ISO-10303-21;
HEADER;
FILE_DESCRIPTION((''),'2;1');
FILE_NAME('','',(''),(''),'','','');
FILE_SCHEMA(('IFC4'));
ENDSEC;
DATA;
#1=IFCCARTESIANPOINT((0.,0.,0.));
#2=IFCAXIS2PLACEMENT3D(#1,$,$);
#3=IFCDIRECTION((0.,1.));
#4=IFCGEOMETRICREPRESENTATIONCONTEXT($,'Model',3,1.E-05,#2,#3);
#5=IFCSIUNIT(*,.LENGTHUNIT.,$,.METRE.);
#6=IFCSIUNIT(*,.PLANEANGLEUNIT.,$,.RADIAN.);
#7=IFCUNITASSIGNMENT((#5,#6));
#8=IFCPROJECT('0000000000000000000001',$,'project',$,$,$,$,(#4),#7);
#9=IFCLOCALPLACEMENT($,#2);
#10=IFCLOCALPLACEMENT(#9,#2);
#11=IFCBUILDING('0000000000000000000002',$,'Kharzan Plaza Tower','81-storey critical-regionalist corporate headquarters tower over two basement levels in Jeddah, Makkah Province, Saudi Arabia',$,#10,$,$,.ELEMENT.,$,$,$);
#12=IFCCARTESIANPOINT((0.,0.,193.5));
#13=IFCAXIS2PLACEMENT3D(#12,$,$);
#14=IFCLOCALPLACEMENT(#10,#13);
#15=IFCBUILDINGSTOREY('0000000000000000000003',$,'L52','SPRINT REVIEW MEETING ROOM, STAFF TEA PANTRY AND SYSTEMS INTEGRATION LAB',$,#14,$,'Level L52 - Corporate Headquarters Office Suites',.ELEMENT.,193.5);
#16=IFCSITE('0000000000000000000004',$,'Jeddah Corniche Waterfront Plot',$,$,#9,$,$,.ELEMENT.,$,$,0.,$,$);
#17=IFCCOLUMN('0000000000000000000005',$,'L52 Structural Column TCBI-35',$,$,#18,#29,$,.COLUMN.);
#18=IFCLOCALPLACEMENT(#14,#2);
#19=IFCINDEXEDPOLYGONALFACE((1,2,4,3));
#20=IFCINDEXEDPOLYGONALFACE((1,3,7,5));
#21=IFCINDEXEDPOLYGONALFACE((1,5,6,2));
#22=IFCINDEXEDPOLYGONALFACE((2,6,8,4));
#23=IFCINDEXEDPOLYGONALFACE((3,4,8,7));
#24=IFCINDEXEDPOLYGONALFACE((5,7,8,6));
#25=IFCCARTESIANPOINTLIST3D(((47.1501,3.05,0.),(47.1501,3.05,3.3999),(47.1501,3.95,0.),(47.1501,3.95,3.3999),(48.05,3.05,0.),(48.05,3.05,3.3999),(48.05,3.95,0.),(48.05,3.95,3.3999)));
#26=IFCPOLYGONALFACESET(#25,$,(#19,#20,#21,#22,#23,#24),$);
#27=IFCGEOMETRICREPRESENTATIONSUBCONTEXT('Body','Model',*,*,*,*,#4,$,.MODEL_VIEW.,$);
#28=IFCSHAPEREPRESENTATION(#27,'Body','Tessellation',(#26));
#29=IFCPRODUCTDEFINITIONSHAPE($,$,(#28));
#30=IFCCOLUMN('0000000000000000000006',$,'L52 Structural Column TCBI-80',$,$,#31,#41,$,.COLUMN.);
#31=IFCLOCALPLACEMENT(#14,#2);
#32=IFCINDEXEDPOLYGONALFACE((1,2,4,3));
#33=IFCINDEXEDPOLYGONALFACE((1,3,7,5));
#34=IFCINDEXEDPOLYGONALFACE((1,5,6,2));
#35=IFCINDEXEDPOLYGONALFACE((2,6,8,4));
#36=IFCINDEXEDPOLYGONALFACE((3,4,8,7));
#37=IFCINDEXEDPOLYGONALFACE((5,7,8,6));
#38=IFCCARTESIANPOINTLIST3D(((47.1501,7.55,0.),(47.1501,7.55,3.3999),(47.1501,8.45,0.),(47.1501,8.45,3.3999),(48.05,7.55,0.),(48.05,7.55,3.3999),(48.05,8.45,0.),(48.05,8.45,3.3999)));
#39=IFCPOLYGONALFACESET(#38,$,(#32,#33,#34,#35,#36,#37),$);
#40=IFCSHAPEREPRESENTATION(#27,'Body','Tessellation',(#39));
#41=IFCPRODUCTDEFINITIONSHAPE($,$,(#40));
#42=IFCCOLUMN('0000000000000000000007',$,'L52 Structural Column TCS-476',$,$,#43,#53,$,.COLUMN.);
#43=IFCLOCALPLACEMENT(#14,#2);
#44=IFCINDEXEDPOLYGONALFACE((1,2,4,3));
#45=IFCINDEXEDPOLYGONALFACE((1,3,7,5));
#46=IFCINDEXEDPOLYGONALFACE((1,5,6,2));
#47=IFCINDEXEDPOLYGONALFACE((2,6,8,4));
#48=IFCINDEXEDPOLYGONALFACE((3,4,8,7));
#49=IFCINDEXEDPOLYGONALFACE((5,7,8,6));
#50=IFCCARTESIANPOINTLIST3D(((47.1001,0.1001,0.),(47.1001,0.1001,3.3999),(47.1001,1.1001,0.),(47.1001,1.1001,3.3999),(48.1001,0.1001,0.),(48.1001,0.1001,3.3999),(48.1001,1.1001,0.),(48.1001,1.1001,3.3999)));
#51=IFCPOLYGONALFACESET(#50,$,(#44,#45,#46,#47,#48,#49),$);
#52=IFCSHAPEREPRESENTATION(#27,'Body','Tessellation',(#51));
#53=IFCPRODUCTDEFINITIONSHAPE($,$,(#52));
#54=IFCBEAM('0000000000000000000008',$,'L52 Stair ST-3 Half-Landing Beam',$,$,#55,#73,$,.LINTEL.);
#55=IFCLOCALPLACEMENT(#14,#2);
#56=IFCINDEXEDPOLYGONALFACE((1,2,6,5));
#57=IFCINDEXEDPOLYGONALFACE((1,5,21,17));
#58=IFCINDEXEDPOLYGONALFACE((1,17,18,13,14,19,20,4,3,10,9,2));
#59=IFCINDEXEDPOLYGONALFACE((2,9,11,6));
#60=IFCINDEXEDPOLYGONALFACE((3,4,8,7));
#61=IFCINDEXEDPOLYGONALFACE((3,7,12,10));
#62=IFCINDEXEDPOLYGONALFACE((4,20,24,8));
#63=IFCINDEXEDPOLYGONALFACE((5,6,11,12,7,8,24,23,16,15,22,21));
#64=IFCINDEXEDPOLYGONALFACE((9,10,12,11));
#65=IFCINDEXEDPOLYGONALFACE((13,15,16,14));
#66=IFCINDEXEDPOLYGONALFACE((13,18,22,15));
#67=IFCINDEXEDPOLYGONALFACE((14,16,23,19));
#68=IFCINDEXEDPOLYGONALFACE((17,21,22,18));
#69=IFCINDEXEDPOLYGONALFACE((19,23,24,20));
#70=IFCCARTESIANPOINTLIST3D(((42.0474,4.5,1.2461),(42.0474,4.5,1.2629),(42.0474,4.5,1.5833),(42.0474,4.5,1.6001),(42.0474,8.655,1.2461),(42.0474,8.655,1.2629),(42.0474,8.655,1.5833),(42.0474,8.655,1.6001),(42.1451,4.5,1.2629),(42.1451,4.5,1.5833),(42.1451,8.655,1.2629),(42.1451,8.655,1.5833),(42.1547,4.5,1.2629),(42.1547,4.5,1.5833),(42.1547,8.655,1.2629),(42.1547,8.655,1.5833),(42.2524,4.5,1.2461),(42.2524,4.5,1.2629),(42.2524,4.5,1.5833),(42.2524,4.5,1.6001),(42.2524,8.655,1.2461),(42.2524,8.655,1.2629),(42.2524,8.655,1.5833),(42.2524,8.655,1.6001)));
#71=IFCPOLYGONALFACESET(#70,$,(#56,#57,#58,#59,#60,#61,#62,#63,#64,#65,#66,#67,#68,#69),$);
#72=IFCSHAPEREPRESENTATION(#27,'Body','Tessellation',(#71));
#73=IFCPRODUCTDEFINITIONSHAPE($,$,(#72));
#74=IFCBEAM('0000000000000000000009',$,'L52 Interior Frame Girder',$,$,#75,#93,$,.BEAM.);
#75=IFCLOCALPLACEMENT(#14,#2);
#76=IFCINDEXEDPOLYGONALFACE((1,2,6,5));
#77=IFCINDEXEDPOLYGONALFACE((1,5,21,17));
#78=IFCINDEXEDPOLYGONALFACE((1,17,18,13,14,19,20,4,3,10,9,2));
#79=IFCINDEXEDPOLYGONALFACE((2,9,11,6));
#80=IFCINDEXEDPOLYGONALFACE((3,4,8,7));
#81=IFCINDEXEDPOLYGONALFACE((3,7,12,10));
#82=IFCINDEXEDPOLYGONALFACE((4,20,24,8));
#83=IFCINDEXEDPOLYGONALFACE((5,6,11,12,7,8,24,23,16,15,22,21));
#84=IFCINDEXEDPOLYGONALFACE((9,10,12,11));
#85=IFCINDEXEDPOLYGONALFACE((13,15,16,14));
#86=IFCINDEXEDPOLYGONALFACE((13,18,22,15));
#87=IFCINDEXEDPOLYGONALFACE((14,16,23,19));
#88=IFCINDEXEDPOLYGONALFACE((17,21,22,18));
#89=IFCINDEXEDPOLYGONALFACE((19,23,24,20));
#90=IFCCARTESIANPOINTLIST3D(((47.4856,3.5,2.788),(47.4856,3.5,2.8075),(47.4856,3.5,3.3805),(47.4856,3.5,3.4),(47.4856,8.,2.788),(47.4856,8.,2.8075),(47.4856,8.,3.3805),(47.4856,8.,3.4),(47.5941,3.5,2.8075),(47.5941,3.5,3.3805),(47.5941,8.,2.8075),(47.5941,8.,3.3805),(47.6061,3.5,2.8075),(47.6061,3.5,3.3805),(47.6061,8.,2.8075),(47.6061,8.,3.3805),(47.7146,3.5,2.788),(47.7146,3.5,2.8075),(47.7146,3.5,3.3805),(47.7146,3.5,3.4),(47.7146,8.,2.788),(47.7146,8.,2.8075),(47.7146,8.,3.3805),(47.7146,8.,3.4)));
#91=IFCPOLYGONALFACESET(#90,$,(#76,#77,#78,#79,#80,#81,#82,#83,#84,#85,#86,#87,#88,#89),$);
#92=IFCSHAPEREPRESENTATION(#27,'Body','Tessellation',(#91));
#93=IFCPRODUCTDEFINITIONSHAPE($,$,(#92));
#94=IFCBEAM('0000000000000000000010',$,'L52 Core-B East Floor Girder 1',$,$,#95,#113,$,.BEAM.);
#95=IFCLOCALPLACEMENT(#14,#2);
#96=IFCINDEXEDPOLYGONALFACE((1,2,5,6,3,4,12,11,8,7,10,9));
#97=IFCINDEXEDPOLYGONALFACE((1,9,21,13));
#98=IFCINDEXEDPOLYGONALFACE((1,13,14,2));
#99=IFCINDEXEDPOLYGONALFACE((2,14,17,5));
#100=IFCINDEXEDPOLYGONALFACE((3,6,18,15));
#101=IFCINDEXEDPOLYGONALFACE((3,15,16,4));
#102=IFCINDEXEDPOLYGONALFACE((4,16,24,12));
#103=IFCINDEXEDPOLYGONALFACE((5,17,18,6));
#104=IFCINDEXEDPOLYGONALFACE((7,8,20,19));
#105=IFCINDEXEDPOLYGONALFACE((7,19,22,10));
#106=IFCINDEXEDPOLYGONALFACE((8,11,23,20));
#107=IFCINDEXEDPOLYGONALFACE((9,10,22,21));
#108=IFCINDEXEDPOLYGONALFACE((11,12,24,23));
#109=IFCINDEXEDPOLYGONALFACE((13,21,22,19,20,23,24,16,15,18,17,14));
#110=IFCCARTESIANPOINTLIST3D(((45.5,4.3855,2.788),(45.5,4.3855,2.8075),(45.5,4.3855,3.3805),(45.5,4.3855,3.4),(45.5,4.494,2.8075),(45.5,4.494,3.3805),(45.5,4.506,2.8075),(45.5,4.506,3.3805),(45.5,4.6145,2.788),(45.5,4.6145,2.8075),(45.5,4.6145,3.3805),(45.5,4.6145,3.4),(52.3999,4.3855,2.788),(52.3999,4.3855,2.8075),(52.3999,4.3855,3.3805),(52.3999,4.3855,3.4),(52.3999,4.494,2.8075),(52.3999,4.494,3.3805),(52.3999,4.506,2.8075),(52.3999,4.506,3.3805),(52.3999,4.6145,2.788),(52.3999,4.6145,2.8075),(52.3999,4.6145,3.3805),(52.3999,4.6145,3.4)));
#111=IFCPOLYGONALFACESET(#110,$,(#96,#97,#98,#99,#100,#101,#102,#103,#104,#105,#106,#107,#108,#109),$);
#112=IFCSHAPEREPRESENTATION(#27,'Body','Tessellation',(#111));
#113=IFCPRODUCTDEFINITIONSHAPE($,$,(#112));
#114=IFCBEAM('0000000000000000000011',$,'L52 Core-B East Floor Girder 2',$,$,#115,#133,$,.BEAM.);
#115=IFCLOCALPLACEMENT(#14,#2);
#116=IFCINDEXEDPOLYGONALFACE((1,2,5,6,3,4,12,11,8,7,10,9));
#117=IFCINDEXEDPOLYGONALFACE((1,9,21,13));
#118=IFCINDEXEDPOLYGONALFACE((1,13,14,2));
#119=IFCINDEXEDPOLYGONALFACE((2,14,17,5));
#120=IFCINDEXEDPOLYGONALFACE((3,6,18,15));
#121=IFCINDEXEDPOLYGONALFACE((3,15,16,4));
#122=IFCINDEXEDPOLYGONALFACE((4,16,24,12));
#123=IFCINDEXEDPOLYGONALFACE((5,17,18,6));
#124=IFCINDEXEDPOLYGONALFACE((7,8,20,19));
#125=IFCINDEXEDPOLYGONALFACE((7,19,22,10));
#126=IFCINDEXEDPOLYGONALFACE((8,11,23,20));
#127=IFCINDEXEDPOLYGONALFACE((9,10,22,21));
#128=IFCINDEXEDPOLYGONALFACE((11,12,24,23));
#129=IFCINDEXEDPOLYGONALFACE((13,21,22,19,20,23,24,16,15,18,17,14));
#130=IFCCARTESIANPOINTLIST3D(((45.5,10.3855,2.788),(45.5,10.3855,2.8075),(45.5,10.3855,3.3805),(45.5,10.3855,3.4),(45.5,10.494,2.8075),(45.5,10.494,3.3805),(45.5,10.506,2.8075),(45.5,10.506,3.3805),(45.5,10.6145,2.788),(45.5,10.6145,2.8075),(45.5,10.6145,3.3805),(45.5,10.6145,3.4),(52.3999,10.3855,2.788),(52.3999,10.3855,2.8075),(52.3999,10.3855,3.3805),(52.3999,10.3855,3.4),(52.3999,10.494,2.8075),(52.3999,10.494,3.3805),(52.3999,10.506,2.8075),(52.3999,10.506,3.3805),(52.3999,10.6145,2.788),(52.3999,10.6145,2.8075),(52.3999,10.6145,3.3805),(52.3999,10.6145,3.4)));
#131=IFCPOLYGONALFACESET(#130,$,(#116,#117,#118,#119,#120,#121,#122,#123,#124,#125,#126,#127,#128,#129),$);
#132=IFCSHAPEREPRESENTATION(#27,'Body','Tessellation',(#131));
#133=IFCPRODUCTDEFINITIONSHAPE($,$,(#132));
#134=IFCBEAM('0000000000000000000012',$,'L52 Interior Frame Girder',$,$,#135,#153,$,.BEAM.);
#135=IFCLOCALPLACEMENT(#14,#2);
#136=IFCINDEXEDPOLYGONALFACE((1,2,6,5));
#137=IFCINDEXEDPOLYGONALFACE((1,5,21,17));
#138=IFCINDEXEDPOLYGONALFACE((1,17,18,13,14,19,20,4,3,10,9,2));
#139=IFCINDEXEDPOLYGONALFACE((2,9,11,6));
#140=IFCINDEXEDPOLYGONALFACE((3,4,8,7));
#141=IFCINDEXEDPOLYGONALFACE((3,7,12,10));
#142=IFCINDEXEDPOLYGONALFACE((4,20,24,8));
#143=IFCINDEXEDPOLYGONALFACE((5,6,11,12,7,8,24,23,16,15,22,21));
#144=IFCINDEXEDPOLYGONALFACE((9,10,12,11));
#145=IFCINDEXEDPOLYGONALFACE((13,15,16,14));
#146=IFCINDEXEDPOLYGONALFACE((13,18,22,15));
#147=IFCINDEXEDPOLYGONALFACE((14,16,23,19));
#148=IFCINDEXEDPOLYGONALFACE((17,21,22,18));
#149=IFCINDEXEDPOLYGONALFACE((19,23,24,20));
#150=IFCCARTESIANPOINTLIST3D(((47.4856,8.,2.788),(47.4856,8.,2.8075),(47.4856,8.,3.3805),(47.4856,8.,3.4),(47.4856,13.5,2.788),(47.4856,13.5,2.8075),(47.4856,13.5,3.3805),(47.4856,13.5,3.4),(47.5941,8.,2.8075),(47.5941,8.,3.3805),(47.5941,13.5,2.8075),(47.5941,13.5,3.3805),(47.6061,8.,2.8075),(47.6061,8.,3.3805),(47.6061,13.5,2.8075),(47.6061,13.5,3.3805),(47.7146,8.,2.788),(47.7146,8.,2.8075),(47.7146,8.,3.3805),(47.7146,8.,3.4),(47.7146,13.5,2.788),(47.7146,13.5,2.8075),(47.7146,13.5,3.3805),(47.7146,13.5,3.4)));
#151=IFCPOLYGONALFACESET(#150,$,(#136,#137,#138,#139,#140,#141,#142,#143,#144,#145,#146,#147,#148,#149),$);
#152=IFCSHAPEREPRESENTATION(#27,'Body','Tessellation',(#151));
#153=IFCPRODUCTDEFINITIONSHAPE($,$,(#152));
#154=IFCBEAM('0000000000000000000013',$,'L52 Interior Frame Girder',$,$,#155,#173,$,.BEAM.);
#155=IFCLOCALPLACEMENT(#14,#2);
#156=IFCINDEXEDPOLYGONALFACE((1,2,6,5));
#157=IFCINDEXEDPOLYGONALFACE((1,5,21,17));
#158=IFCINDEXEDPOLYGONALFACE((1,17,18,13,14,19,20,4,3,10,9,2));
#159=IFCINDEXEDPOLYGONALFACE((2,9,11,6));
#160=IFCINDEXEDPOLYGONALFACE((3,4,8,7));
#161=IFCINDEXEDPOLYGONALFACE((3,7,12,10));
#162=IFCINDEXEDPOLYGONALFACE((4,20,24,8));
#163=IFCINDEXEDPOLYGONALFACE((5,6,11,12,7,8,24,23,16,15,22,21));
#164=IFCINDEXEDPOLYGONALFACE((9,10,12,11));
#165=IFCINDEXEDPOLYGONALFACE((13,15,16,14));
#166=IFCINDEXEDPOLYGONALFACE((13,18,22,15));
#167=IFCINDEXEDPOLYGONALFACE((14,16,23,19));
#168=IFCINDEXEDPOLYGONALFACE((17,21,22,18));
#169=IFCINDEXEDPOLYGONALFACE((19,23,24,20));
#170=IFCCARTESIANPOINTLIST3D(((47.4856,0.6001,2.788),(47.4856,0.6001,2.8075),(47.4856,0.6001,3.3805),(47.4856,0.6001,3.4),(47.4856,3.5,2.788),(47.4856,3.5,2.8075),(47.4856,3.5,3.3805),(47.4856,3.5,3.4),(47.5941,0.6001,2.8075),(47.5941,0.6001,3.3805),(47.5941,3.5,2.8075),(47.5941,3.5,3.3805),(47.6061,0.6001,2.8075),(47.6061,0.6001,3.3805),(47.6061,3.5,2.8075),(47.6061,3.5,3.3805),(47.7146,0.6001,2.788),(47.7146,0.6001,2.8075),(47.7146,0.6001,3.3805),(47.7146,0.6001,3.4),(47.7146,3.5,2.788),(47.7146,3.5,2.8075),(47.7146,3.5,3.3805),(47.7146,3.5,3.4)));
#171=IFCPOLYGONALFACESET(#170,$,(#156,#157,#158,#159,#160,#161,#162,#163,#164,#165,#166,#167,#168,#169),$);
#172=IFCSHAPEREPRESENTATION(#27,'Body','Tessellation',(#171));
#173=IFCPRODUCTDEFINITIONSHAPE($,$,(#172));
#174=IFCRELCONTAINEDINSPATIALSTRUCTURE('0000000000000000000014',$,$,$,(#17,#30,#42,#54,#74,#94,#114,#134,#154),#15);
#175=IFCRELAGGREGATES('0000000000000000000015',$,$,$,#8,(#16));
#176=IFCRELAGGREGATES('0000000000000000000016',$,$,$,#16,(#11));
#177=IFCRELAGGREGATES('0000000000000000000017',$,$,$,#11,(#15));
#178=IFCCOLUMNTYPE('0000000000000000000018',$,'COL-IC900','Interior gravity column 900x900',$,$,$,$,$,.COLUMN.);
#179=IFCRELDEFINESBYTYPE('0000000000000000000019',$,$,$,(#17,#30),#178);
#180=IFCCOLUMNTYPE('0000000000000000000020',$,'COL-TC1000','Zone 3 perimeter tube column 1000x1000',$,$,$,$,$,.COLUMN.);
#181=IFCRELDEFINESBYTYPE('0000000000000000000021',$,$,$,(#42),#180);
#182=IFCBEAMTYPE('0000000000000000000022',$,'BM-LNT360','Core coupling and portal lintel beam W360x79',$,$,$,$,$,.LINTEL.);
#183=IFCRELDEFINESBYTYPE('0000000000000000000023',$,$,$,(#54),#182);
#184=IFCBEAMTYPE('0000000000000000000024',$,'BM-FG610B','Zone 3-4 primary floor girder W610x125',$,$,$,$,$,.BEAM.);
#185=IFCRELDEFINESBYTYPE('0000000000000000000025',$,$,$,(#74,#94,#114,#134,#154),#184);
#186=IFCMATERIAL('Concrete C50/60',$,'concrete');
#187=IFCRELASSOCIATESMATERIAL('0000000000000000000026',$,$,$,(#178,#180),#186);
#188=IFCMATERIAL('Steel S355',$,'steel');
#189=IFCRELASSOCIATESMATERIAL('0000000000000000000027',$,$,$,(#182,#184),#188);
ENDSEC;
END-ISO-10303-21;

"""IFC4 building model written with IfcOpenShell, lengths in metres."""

from ifc_helpers import new_model, si_unit, direction, frame, origin, origin_2d, place, context, subcontext, project, spatial, rectangle, i_section, extrude, source, transform, mapped, material, material_profile, profile_set, type_object, element, save


model = new_model("IFC4")

# Units and contexts
model_context = context("Model", 3, precision=1e-05, world=origin(), true_north=direction((0.0, 1.0)))
body_context = subcontext(model_context, "Body", "Model", "MODEL_VIEW")
ifc_project = project(units=[si_unit("LENGTHUNIT", "METRE"), si_unit("PLANEANGLEUNIT", "RADIAN")], contexts=[model_context])

# Site, building, storey
site_placement = place(None, origin())
site = spatial("IfcSite", under=ifc_project, at=site_placement, Name="Jeddah Corniche Waterfront Plot", CompositionType="ELEMENT", RefElevation=0.0)
building_placement = place(site_placement, origin())
building = spatial("IfcBuilding", under=site, at=building_placement, Name="Kharzan Plaza Tower", Description="81-storey critical-regionalist corporate headquarters tower over two basement levels in Jeddah, Makkah Province, Saudi Arabia", CompositionType="ELEMENT")
storey_placement = place(building_placement, frame((0.0, 0.0, 193.5)))
storey = spatial("IfcBuildingStorey", under=building, at=storey_placement, Name="L52", Description="SPRINT REVIEW MEETING ROOM, STAFF TEA PANTRY AND SYSTEMS INTEGRATION LAB", LongName="Level L52 - Corporate Headquarters Office Suites", CompositionType="ELEMENT", Elevation=193.5)

# Columns
ifc_material_1 = material(Name="Concrete C50/60", Category="concrete")
ifc_material_profile_1 = material_profile(ifc_material_1, rectangle(XDim=0.8999, YDim=0.8999, at=origin_2d()), Name="RC-IC900x900")
ifc_profile_set_1 = profile_set([ifc_material_profile_1], Name="Concrete C50/60")
column_type_1 = type_object("IfcColumnType", Name="COL-IC900", Description="Interior gravity column 900x900", PredefinedType="COLUMN", material=ifc_profile_set_1)
shared_shape_1 = source(origin(), body_context, "Body", "SweptSolid", [
    extrude(rectangle(XDim=0.8999, YDim=0.8999, at=origin_2d()), origin(), (0.0, 0.0, 1.0), 3.3999),
])
for number, where, z_axis, x_axis, name in (
    (1, (47.6001, 3.5, 0.0), (0.0, 0.0, 1.0), (1.0, 0.0, 0.0), "L52 Structural Column TCBI-35"),
    (2, (47.6001, 8.0, 0.0), (0.0, 0.0, 1.0), (1.0, 0.0, 0.0), "L52 Structural Column TCBI-80"),
):
    element("IfcColumn", number, at=place(storey_placement, frame(where, z_axis=z_axis, x_axis=x_axis)), inside=storey, type_object=column_type_1, Name=name, PredefinedType="COLUMN", context=body_context, shape_type="MappedRepresentation", body=[
        mapped(shared_shape_1, transform((0.0, 0.0, 0.0), x_axis=(1.0, 0.0, 0.0), y_axis=(0.0, 1.0, 0.0), z_axis=(0.0, 0.0, 1.0))),
    ])
ifc_material_profile_2 = material_profile(ifc_material_1, rectangle(XDim=1.0, YDim=1.0, at=origin_2d()), Name="RC-TC1000x1000")
ifc_profile_set_2 = profile_set([ifc_material_profile_2], Name="Concrete C50/60")
column_type_2 = type_object("IfcColumnType", Name="COL-TC1000", Description="Zone 3 perimeter tube column 1000x1000", PredefinedType="COLUMN", material=ifc_profile_set_2)
shared_shape_2 = source(origin(), body_context, "Body", "SweptSolid", [
    extrude(rectangle(XDim=1.0, YDim=1.0, at=origin_2d()), origin(), (0.0, 0.0, 1.0), 3.3999),
])
column_placement = place(storey_placement, frame((47.6001, 0.6001, 0.0), z_axis=(0.0, 0.0, 1.0), x_axis=(1.0, 0.0, 0.0)))
element("IfcColumn", 3, at=column_placement, inside=storey, type_object=column_type_2, Name="L52 Structural Column TCS-476", PredefinedType="COLUMN", context=body_context, shape_type="MappedRepresentation", body=[
    mapped(shared_shape_2, transform((0.0, 0.0, 0.0), x_axis=(1.0, 0.0, 0.0), y_axis=(0.0, 1.0, 0.0), z_axis=(0.0, 0.0, 1.0))),
])

# Beams
ifc_material_2 = material(Name="Steel S355", Category="steel")
ifc_material_profile_3 = material_profile(ifc_material_2, i_section(OverallWidth=0.2051, OverallDepth=0.354, WebThickness=0.0095, FlangeThickness=0.0168, at=origin_2d()), Name="W360x79")
ifc_profile_set_3 = profile_set([ifc_material_profile_3], Name="Steel S355")
beam_type_1 = type_object("IfcBeamType", Name="BM-LNT360", Description="Core coupling and portal lintel beam W360x79", PredefinedType="LINTEL", material=ifc_profile_set_3)
shared_shape_3 = source(origin(), body_context, "Body", "SweptSolid", [
    extrude(i_section(OverallWidth=0.2051, OverallDepth=0.354, WebThickness=0.0095, FlangeThickness=0.0168, at=origin_2d()), origin(), (0.0, 0.0, 1.0), 4.155),
])
beam_1_placement = place(storey_placement, frame((42.1499, 4.5, 1.4231), z_axis=(0.0, 1.0, 0.0), x_axis=(-1.0, 0.0, 0.0)))
element("IfcBeam", 4, at=beam_1_placement, inside=storey, type_object=beam_type_1, Name="L52 Stair ST-3 Half-Landing Beam", PredefinedType="LINTEL", context=body_context, shape_type="MappedRepresentation", body=[
    mapped(shared_shape_3, transform((0.0, 0.0, 0.0), x_axis=(1.0, 0.0, 0.0), y_axis=(0.0, 1.0, 0.0), z_axis=(0.0, 0.0, 1.0))),
])
ifc_material_profile_4 = material_profile(ifc_material_2, i_section(OverallWidth=0.229, OverallDepth=0.6121, WebThickness=0.012, FlangeThickness=0.0195, at=origin_2d()), Name="W610x125")
ifc_profile_set_4 = profile_set([ifc_material_profile_4], Name="Steel S355")
beam_type_2 = type_object("IfcBeamType", Name="BM-FG610B", Description="Zone 3-4 primary floor girder W610x125", PredefinedType="BEAM", material=ifc_profile_set_4)
shared_shape_4 = source(origin(), body_context, "Body", "SweptSolid", [
    extrude(i_section(OverallWidth=0.229, OverallDepth=0.6121, WebThickness=0.012, FlangeThickness=0.0195, at=origin_2d()), origin(), (0.0, 0.0, 1.0), 4.5),
])
beam_2_placement = place(storey_placement, frame((47.6001, 3.5, 3.094), z_axis=(0.0, 1.0, 0.0), x_axis=(-1.0, 0.0, 0.0)))
element("IfcBeam", 5, at=beam_2_placement, inside=storey, type_object=beam_type_2, Name="L52 Interior Frame Girder", PredefinedType="BEAM", context=body_context, shape_type="MappedRepresentation", body=[
    mapped(shared_shape_4, transform((0.0, 0.0, 0.0), x_axis=(1.0, 0.0, 0.0), y_axis=(0.0, 1.0, 0.0), z_axis=(0.0, 0.0, 1.0))),
])
shared_shape_5 = source(origin(), body_context, "Body", "SweptSolid", [
    extrude(i_section(OverallWidth=0.229, OverallDepth=0.6121, WebThickness=0.012, FlangeThickness=0.0195, at=origin_2d()), origin(), (0.0, 0.0, 1.0), 6.8999),
])
for number, where, z_axis, x_axis, name in (
    (6, (45.5, 4.5, 3.094), (1.0, 0.0, 0.0), (0.0, 1.0, 0.0), "L52 Core-B East Floor Girder 1"),
    (7, (45.5, 10.5, 3.094), (1.0, 0.0, 0.0), (0.0, 1.0, 0.0), "L52 Core-B East Floor Girder 2"),
):
    element("IfcBeam", number, at=place(storey_placement, frame(where, z_axis=z_axis, x_axis=x_axis)), inside=storey, type_object=beam_type_2, Name=name, PredefinedType="BEAM", context=body_context, shape_type="MappedRepresentation", body=[
        mapped(shared_shape_5, transform((0.0, 0.0, 0.0), x_axis=(1.0, 0.0, 0.0), y_axis=(0.0, 1.0, 0.0), z_axis=(0.0, 0.0, 1.0))),
    ])
shared_shape_6 = source(origin(), body_context, "Body", "SweptSolid", [
    extrude(i_section(OverallWidth=0.229, OverallDepth=0.6121, WebThickness=0.012, FlangeThickness=0.0195, at=origin_2d()), origin(), (0.0, 0.0, 1.0), 5.5),
])
beam_3_placement = place(storey_placement, frame((47.6001, 8.0, 3.094), z_axis=(0.0, 1.0, 0.0), x_axis=(-1.0, 0.0, 0.0)))
element("IfcBeam", 8, at=beam_3_placement, inside=storey, type_object=beam_type_2, Name="L52 Interior Frame Girder", PredefinedType="BEAM", context=body_context, shape_type="MappedRepresentation", body=[
    mapped(shared_shape_6, transform((0.0, 0.0, 0.0), x_axis=(1.0, 0.0, 0.0), y_axis=(0.0, 1.0, 0.0), z_axis=(0.0, 0.0, 1.0))),
])
shared_shape_7 = source(origin(), body_context, "Body", "SweptSolid", [
    extrude(i_section(OverallWidth=0.229, OverallDepth=0.6121, WebThickness=0.012, FlangeThickness=0.0195, at=origin_2d()), origin(), (0.0, 0.0, 1.0), 2.8999),
])
beam_4_placement = place(storey_placement, frame((47.6001, 0.6001, 3.094), z_axis=(0.0, 1.0, 0.0), x_axis=(-1.0, 0.0, 0.0)))
element("IfcBeam", 9, at=beam_4_placement, inside=storey, type_object=beam_type_2, Name="L52 Interior Frame Girder", PredefinedType="BEAM", context=body_context, shape_type="MappedRepresentation", body=[
    mapped(shared_shape_7, transform((0.0, 0.0, 0.0), x_axis=(1.0, 0.0, 0.0), y_axis=(0.0, 1.0, 0.0), z_axis=(0.0, 0.0, 1.0))),
])

save(model, "model.ifc")
